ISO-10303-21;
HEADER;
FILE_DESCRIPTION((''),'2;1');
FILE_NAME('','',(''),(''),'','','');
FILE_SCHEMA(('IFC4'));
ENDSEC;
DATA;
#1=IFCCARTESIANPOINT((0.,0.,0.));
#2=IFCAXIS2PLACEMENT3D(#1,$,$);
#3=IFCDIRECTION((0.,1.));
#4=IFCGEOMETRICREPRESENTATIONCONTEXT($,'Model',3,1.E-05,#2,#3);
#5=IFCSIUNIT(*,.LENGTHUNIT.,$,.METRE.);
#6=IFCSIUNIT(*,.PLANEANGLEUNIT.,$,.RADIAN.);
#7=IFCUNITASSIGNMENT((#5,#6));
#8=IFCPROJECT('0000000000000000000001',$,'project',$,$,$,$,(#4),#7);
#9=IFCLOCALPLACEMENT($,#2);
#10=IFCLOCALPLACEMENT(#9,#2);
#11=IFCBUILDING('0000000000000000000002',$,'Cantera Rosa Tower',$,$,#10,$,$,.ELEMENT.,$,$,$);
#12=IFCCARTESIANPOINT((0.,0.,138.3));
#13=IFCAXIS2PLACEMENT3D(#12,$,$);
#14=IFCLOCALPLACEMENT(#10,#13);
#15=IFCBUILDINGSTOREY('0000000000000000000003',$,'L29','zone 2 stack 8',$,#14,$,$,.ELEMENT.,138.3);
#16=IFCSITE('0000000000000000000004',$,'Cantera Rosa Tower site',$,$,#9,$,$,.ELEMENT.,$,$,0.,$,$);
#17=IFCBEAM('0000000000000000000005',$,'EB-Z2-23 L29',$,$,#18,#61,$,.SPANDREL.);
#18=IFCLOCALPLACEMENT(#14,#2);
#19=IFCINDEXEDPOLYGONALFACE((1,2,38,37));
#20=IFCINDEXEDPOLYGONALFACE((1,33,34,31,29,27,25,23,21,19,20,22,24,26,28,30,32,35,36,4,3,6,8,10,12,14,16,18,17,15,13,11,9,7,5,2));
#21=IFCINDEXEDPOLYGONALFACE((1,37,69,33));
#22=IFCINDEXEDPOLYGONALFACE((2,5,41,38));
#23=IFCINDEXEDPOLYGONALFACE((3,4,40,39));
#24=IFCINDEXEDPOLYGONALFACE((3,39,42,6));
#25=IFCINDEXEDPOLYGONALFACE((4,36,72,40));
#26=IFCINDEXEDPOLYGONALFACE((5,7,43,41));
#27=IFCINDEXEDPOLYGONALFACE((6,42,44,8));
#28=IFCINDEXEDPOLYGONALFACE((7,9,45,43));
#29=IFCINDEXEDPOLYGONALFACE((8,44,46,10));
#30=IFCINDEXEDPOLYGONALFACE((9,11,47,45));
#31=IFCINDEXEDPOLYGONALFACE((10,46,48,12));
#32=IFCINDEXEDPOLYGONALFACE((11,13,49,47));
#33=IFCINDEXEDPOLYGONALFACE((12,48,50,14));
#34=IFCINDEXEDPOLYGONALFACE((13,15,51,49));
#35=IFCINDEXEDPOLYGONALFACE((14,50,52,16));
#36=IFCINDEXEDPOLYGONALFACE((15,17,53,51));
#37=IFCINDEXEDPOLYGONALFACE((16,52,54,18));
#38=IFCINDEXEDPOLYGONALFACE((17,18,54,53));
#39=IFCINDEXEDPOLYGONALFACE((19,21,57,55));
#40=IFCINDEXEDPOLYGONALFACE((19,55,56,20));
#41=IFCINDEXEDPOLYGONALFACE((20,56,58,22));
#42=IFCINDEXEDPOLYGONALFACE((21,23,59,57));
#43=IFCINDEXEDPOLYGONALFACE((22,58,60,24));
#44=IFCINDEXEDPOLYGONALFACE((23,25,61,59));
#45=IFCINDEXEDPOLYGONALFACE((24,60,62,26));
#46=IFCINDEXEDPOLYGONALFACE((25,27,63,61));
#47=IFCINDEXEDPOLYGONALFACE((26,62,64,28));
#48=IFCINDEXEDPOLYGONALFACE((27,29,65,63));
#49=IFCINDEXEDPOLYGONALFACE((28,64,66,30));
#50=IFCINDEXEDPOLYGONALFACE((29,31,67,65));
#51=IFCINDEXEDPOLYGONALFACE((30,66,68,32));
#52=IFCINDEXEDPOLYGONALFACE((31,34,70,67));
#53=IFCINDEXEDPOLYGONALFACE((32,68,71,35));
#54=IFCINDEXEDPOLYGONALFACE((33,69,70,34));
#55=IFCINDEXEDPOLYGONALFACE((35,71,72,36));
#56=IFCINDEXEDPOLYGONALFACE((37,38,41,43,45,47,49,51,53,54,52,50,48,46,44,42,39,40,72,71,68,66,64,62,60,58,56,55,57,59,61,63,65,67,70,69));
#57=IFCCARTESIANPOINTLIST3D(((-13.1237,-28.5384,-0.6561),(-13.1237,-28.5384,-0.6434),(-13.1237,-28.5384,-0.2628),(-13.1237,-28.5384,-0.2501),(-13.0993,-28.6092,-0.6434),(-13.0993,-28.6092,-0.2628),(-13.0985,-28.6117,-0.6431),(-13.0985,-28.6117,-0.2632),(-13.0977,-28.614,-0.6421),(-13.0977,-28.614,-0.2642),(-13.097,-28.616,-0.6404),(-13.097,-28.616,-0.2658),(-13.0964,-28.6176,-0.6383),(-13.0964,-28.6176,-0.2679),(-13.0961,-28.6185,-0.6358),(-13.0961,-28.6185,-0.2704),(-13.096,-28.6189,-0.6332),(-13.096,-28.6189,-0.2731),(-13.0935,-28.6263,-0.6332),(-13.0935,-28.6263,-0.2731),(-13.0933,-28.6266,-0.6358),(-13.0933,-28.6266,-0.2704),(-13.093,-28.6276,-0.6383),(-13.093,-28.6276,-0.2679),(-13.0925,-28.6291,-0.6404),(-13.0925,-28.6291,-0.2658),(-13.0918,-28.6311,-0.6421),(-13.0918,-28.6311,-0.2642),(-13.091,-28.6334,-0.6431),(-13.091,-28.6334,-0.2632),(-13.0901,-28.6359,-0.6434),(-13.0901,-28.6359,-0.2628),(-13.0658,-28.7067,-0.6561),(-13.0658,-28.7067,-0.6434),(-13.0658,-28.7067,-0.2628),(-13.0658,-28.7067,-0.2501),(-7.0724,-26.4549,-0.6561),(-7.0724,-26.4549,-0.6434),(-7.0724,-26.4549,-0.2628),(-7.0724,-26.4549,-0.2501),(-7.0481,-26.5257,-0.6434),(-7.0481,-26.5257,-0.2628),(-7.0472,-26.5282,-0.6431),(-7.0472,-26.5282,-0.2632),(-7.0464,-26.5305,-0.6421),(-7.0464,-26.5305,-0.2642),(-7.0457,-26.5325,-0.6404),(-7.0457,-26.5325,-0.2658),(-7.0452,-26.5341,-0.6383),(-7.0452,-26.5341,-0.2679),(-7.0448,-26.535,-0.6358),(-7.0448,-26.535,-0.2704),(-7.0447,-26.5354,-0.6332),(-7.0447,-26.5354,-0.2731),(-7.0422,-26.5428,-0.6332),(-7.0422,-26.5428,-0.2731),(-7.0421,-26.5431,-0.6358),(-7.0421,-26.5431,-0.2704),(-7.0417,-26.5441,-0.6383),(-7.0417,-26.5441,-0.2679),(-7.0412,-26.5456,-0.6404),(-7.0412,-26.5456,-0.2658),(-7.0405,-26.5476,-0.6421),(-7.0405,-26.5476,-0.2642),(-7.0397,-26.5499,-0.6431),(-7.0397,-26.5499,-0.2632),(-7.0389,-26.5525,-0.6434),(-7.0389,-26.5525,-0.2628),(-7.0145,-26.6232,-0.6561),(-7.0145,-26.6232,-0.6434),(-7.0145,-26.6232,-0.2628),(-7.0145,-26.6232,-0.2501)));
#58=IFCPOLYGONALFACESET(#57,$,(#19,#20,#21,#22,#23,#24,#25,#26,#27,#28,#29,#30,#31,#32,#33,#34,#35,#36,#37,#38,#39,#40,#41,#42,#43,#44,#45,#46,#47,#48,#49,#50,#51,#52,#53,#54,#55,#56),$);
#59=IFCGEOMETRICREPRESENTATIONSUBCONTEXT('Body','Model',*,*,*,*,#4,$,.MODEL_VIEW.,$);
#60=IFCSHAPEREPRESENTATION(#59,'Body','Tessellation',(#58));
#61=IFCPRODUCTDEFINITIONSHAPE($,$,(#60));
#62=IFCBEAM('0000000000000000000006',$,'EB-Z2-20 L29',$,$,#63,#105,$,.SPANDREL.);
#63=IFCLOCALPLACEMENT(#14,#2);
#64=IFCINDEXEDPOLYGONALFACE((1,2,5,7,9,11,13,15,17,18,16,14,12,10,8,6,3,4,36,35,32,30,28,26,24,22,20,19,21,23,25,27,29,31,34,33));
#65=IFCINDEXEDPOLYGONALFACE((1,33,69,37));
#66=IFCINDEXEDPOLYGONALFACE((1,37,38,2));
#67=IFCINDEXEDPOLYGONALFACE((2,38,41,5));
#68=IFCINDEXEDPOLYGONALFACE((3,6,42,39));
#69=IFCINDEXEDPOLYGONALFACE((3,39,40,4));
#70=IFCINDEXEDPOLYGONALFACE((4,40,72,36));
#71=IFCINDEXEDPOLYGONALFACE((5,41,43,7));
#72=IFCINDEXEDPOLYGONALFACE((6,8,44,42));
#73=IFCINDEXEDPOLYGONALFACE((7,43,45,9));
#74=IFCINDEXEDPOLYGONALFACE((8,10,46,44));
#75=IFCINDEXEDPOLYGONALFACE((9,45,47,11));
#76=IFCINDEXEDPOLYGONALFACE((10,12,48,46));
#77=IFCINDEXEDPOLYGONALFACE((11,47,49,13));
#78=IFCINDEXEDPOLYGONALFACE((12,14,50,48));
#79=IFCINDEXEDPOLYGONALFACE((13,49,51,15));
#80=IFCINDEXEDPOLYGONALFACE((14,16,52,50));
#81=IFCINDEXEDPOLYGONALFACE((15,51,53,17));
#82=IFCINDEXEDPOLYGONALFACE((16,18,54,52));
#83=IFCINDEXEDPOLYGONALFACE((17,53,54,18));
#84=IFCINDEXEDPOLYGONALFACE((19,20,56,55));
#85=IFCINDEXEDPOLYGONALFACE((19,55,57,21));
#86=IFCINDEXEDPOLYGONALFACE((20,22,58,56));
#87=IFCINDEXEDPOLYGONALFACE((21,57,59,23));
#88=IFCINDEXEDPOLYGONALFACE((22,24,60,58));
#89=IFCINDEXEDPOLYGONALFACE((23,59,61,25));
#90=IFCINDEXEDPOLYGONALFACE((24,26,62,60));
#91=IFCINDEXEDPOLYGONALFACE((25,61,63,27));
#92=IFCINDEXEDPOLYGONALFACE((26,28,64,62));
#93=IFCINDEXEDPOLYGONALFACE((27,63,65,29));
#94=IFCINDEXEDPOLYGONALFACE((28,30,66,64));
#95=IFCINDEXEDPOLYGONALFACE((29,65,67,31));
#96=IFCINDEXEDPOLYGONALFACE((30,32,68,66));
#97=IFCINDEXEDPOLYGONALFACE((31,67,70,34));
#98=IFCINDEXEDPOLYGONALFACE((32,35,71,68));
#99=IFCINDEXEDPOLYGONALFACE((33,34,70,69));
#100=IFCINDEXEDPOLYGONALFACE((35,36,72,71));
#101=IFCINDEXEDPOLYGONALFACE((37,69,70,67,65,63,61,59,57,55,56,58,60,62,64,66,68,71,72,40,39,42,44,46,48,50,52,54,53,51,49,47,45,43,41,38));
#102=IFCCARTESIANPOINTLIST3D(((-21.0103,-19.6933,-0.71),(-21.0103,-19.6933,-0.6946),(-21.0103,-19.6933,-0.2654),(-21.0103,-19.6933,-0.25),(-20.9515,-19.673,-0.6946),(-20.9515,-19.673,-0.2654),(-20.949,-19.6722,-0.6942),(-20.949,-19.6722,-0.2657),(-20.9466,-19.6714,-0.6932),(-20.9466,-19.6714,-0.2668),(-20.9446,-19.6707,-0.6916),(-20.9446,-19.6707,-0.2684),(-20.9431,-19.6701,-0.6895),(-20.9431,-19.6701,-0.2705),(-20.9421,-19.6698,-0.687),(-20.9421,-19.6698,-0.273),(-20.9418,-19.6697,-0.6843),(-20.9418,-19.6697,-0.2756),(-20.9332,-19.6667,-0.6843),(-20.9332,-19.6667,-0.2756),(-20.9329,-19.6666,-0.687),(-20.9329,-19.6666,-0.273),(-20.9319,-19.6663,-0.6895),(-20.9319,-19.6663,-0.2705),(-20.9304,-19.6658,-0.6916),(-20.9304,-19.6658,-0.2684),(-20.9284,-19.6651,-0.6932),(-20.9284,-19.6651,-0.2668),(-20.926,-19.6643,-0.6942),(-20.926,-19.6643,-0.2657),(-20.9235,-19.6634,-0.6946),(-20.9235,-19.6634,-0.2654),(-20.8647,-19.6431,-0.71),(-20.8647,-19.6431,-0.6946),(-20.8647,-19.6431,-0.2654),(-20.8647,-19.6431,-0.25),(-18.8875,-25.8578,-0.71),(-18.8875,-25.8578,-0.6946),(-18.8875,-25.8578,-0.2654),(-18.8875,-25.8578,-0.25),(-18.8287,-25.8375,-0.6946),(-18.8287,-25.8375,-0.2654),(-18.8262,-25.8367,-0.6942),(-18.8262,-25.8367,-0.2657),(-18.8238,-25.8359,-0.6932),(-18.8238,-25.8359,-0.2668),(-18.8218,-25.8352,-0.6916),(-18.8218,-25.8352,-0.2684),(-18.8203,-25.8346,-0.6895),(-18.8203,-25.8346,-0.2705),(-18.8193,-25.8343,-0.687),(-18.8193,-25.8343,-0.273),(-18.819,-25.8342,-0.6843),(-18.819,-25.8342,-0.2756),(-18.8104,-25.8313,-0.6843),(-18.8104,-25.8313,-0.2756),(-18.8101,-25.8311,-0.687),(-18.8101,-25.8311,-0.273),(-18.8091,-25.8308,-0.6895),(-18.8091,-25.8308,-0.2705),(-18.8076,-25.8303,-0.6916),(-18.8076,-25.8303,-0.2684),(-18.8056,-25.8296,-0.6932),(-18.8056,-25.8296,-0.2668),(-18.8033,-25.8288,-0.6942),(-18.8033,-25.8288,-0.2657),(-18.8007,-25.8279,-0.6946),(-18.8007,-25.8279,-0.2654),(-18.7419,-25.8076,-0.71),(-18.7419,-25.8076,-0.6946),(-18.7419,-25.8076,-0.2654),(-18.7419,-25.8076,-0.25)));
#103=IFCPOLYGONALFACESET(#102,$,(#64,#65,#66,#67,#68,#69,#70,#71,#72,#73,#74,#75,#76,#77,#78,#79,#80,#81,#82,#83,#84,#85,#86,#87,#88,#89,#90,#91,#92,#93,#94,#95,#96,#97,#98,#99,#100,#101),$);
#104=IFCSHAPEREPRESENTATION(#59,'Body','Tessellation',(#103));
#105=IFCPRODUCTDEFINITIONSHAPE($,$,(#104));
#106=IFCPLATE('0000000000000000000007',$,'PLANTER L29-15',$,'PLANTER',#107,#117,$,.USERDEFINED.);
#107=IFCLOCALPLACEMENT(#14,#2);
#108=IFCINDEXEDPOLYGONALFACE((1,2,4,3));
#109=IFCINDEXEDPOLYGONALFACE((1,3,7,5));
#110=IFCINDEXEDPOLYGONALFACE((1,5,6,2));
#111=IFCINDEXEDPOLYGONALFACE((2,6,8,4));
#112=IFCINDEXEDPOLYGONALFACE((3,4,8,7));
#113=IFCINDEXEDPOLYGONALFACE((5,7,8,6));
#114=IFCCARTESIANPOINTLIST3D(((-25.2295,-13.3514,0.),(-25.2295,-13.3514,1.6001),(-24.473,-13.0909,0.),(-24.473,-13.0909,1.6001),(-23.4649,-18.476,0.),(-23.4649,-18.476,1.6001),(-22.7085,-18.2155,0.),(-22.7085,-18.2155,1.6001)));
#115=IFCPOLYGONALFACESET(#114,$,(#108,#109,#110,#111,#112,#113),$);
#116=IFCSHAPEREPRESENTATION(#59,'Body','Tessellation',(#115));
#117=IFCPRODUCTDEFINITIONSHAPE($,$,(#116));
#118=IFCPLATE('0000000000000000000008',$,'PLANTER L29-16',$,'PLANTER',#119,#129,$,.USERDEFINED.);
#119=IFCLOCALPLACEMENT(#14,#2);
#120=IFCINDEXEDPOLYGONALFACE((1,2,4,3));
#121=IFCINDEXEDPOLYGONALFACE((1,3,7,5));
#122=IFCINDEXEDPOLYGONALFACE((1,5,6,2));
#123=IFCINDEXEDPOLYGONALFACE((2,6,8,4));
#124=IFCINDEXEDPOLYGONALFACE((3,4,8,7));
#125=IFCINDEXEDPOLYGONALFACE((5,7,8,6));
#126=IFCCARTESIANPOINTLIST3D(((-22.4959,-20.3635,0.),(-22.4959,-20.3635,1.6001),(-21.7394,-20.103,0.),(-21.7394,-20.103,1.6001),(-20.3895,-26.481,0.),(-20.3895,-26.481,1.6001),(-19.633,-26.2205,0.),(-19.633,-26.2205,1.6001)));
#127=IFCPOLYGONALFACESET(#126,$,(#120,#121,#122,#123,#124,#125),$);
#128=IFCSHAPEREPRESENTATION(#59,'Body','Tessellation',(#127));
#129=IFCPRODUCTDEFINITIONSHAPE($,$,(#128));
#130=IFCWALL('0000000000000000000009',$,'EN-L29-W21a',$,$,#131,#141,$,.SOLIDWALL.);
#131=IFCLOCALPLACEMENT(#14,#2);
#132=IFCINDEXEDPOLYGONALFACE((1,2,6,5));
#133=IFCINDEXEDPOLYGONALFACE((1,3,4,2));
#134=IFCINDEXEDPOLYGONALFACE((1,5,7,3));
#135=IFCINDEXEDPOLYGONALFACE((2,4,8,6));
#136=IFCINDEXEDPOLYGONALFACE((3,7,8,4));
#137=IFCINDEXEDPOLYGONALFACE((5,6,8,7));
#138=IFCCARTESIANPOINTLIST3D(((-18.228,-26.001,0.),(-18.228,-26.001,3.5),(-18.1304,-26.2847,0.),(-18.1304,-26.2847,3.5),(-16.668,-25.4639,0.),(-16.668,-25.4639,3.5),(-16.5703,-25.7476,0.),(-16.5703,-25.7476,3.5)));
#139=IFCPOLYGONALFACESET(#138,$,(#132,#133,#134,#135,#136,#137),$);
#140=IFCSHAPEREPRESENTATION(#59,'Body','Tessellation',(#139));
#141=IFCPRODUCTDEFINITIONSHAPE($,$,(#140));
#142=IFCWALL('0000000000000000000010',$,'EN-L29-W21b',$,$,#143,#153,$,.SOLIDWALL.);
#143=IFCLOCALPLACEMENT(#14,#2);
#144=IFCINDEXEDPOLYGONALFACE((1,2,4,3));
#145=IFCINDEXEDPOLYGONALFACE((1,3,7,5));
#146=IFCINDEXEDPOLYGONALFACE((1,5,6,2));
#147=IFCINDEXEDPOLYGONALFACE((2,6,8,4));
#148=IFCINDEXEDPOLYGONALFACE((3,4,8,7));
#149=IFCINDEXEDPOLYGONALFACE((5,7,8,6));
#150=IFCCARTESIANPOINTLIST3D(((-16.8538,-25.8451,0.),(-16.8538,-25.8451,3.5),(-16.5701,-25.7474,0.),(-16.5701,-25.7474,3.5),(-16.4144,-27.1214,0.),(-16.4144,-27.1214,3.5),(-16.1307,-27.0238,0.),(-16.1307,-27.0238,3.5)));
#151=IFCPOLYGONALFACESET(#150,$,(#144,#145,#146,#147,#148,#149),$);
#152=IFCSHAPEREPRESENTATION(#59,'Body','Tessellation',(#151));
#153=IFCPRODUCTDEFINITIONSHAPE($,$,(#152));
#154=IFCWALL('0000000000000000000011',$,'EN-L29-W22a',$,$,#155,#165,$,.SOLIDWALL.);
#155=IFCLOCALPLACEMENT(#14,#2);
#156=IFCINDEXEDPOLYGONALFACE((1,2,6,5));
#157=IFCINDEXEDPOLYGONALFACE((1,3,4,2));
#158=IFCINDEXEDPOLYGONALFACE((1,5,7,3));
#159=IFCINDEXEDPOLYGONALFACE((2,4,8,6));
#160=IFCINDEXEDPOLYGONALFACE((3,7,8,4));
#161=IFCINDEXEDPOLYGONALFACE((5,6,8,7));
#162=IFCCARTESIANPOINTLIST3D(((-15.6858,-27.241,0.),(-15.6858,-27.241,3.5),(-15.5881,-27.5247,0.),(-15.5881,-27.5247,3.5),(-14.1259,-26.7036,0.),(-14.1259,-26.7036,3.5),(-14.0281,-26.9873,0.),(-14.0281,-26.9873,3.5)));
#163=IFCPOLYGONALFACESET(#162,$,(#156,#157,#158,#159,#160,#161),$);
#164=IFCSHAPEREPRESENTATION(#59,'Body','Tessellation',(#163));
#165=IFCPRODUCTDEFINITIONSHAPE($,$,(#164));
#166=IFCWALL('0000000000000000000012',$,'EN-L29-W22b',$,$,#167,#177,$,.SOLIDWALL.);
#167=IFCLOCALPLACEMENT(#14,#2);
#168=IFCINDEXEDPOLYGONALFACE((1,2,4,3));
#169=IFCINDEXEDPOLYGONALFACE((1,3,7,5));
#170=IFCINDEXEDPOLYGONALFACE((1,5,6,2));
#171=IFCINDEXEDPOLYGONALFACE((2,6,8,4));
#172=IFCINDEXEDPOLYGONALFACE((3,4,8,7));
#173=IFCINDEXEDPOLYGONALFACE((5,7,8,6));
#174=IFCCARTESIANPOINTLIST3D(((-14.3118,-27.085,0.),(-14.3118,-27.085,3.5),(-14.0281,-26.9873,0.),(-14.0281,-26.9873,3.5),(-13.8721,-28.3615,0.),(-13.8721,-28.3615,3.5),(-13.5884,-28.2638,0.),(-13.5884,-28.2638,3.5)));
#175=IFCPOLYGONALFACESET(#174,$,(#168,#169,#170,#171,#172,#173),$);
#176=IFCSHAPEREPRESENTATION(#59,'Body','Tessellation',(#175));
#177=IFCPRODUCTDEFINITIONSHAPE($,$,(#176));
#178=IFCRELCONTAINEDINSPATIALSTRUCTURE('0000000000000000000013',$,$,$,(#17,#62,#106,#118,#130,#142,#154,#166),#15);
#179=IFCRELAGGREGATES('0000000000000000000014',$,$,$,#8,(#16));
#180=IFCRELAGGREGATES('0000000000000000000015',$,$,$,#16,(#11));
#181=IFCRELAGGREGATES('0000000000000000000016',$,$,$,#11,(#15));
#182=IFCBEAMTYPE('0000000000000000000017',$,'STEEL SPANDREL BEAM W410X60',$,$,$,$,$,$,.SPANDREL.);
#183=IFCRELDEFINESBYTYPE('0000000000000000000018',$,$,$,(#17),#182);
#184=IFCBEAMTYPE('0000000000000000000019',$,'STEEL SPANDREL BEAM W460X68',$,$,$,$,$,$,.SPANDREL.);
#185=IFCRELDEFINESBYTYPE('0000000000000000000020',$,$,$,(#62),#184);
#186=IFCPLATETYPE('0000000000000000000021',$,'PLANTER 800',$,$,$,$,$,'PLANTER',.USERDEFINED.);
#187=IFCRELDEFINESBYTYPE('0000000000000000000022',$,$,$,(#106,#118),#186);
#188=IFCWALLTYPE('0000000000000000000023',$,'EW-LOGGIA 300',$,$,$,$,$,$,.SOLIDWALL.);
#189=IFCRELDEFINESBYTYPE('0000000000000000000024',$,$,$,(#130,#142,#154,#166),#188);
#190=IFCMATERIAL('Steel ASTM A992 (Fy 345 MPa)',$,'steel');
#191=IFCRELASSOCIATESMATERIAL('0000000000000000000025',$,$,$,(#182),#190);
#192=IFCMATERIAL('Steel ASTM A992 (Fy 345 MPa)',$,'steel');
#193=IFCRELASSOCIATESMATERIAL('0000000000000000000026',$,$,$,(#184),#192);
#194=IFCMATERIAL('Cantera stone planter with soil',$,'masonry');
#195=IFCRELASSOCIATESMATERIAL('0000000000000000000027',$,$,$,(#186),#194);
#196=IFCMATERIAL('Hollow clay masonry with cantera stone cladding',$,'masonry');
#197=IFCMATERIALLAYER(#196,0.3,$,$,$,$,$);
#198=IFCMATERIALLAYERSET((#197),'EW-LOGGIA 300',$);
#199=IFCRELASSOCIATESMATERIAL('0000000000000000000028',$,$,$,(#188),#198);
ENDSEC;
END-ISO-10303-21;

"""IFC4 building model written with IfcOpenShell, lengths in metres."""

from ifc_helpers import new_model, si_unit, direction, frame, frame_2d, origin, origin_2d, place, context, subcontext, project, spatial, rectangle, i_section, extrude, material, layer, layer_set, material_profile, profile_set, type_object, element, save


model = new_model("IFC4")

# Units and contexts
model_context = context("Model", 3, precision=1e-05, world=origin(), true_north=direction((0.0, 1.0)))
body_context = subcontext(model_context, "Body", "Model", "MODEL_VIEW")
ifc_project = project(units=[si_unit("LENGTHUNIT", "METRE"), si_unit("PLANEANGLEUNIT", "RADIAN")], contexts=[model_context])

# Site, building, storey
site_placement = place(None, origin())
site = spatial("IfcSite", under=ifc_project, at=site_placement, Name="Cantera Rosa Tower site", CompositionType="ELEMENT", RefElevation=0.0)
building_placement = place(site_placement, origin())
building = spatial("IfcBuilding", under=site, at=building_placement, Name="Cantera Rosa Tower", CompositionType="ELEMENT")
storey_placement = place(building_placement, frame((0.0, 0.0, 138.3)))
storey = spatial("IfcBuildingStorey", under=building, at=storey_placement, Name="L29", Description="zone 2 stack 8", CompositionType="ELEMENT", Elevation=138.3)

# Beams
ifc_material_1 = material(Name="Steel ASTM A992 (Fy 345 MPa)", Category="steel")
ifc_material_profile_1 = material_profile(ifc_material_1, i_section(OverallWidth=0.178, OverallDepth=0.406, WebThickness=0.0078, FlangeThickness=0.0127, FilletRadius=0.0103, at=origin_2d()), Name="W410X60")
ifc_profile_set_1 = profile_set([ifc_material_profile_1], Name="Steel ASTM A992 (Fy 345 MPa)")
beam_type_1 = type_object("IfcBeamType", Name="STEEL SPANDREL BEAM W410X60", PredefinedType="SPANDREL", material=ifc_profile_set_1)
beam_1_placement = place(storey_placement, frame((-13.0947, -28.6226, -0.4531), z_axis=(0.945524, 0.325551, 0.0), x_axis=(-0.325551, 0.945524, 0.0)))
element("IfcBeam", 1, at=beam_1_placement, inside=storey, type_object=beam_type_1, Name="EB-Z2-23 L29", PredefinedType="SPANDREL", context=body_context, shape_type="SweptSolid", body=[
    extrude(i_section(OverallWidth=0.178, OverallDepth=0.406, WebThickness=0.0078, FlangeThickness=0.0127, FilletRadius=0.0103, at=origin_2d()), origin(), (0.0, 0.0, 1.0), 6.3999),
])
ifc_material_2 = material(Name="Steel ASTM A992 (Fy 345 MPa)", Category="steel")
ifc_material_profile_2 = material_profile(ifc_material_2, i_section(OverallWidth=0.1541, OverallDepth=0.46, WebThickness=0.009, FlangeThickness=0.0154, FilletRadius=0.0103, at=origin_2d()), Name="W460X68")
ifc_profile_set_2 = profile_set([ifc_material_profile_2], Name="Steel ASTM A992 (Fy 345 MPa)")
beam_type_2 = type_object("IfcBeamType", Name="STEEL SPANDREL BEAM W460X68", PredefinedType="SPANDREL", material=ifc_profile_set_2)
beam_2_placement = place(storey_placement, frame((-20.9375, -19.6682, -0.48), z_axis=(0.325593, -0.94551, 0.0), x_axis=(0.94551, 0.325593, 0.0)))
element("IfcBeam", 2, at=beam_2_placement, inside=storey, type_object=beam_type_2, Name="EB-Z2-20 L29", PredefinedType="SPANDREL", context=body_context, shape_type="SweptSolid", body=[
    extrude(i_section(OverallWidth=0.1541, OverallDepth=0.46, WebThickness=0.009, FlangeThickness=0.0154, FilletRadius=0.0103, at=origin_2d()), origin(), (0.0, 0.0, 1.0), 6.5198),
])

# Plates
ifc_material_3 = material(Name="Cantera stone planter with soil", Category="masonry")
plate_type = type_object("IfcPlateType", Name="PLANTER 800", ElementType="PLANTER", PredefinedType="USERDEFINED", material=ifc_material_3)
plate_1_placement = place(storey_placement, frame((-23.969, -15.7834, 0.0), z_axis=(0.0, 0.0, 1.0), x_axis=(0.325568, -0.945519, 0.0)))
element("IfcPlate", 3, at=plate_1_placement, inside=storey, type_object=plate_type, Name="PLANTER L29-15", ObjectType="PLANTER", PredefinedType="USERDEFINED", context=body_context, shape_type="SweptSolid", body=[
    extrude(rectangle(XDim=5.4199, YDim=0.8, at=origin_2d()), origin(), (0.0, 0.0, 1.0), 1.6001),
])
plate_2_placement = place(storey_placement, frame((-21.0645, -23.292, 0.0), z_axis=(0.0, 0.0, 1.0), x_axis=(0.325568, -0.945519, 0.0)))
element("IfcPlate", 4, at=plate_2_placement, inside=storey, type_object=plate_type, Name="PLANTER L29-16", ObjectType="PLANTER", PredefinedType="USERDEFINED", context=body_context, shape_type="SweptSolid", body=[
    extrude(rectangle(XDim=6.47, YDim=0.8, at=origin_2d()), origin(), (0.0, 0.0, 1.0), 1.6001),
])

# Walls
ifc_material_4 = material(Name="Hollow clay masonry with cantera stone cladding", Category="masonry")
ifc_layer_1 = layer(ifc_material_4, 0.3)
ifc_layer_set_1 = layer_set([ifc_layer_1], Name="EW-LOGGIA 300")
wall_type_1 = type_object("IfcWallType", Name="EW-LOGGIA 300", PredefinedType="SOLIDWALL", material=ifc_layer_set_1)
wall_1_placement = place(storey_placement, frame((-18.1792, -26.1428, 0.0), z_axis=(0.0, 0.0, 1.0), x_axis=(0.94553, 0.325535, 0.0)))
element("IfcWall", 5, at=wall_1_placement, inside=storey, type_object=wall_type_1, Name="EN-L29-W21a", PredefinedType="SOLIDWALL", context=body_context, shape_type="SweptSolid", body=[
    extrude(rectangle(XDim=1.6499, YDim=0.3, at=frame_2d((0.825, 0.0))), origin(), (0.0, 0.0, 1.0), 3.5),
])
wall_2_placement = place(storey_placement, frame((-16.7119, -25.7964, 0.0), z_axis=(0.0, 0.0, 1.0), x_axis=(0.325545, -0.945527, 0.0)))
element("IfcWall", 6, at=wall_2_placement, inside=storey, type_object=wall_type_1, Name="EN-L29-W21b", PredefinedType="SOLIDWALL", context=body_context, shape_type="SweptSolid", body=[
    extrude(rectangle(XDim=1.3499, YDim=0.3, at=frame_2d((0.6748, 0.0))), origin(), (0.0, 0.0, 1.0), 3.5),
])
wall_3_placement = place(storey_placement, frame((-15.637, -27.3828, 0.0), z_axis=(0.0, 0.0, 1.0), x_axis=(0.945485, 0.325667, 0.0)))
element("IfcWall", 7, at=wall_3_placement, inside=storey, type_object=wall_type_1, Name="EN-L29-W22a", PredefinedType="SOLIDWALL", context=body_context, shape_type="SweptSolid", body=[
    extrude(rectangle(XDim=1.6499, YDim=0.3, at=frame_2d((0.825, 0.0))), origin(), (0.0, 0.0, 1.0), 3.5),
])
wall_4_placement = place(storey_placement, frame((-14.1699, -27.0361, 0.0), z_axis=(0.0, 0.0, 1.0), x_axis=(0.325651, -0.94549, 0.0)))
element("IfcWall", 8, at=wall_4_placement, inside=storey, type_object=wall_type_1, Name="EN-L29-W22b", PredefinedType="SOLIDWALL", context=body_context, shape_type="SweptSolid", body=[
    extrude(rectangle(XDim=1.3501, YDim=0.3, at=frame_2d((0.675, 0.0))), origin(), (0.0, 0.0, 1.0), 3.5),
])

save(model, "model.ifc")
